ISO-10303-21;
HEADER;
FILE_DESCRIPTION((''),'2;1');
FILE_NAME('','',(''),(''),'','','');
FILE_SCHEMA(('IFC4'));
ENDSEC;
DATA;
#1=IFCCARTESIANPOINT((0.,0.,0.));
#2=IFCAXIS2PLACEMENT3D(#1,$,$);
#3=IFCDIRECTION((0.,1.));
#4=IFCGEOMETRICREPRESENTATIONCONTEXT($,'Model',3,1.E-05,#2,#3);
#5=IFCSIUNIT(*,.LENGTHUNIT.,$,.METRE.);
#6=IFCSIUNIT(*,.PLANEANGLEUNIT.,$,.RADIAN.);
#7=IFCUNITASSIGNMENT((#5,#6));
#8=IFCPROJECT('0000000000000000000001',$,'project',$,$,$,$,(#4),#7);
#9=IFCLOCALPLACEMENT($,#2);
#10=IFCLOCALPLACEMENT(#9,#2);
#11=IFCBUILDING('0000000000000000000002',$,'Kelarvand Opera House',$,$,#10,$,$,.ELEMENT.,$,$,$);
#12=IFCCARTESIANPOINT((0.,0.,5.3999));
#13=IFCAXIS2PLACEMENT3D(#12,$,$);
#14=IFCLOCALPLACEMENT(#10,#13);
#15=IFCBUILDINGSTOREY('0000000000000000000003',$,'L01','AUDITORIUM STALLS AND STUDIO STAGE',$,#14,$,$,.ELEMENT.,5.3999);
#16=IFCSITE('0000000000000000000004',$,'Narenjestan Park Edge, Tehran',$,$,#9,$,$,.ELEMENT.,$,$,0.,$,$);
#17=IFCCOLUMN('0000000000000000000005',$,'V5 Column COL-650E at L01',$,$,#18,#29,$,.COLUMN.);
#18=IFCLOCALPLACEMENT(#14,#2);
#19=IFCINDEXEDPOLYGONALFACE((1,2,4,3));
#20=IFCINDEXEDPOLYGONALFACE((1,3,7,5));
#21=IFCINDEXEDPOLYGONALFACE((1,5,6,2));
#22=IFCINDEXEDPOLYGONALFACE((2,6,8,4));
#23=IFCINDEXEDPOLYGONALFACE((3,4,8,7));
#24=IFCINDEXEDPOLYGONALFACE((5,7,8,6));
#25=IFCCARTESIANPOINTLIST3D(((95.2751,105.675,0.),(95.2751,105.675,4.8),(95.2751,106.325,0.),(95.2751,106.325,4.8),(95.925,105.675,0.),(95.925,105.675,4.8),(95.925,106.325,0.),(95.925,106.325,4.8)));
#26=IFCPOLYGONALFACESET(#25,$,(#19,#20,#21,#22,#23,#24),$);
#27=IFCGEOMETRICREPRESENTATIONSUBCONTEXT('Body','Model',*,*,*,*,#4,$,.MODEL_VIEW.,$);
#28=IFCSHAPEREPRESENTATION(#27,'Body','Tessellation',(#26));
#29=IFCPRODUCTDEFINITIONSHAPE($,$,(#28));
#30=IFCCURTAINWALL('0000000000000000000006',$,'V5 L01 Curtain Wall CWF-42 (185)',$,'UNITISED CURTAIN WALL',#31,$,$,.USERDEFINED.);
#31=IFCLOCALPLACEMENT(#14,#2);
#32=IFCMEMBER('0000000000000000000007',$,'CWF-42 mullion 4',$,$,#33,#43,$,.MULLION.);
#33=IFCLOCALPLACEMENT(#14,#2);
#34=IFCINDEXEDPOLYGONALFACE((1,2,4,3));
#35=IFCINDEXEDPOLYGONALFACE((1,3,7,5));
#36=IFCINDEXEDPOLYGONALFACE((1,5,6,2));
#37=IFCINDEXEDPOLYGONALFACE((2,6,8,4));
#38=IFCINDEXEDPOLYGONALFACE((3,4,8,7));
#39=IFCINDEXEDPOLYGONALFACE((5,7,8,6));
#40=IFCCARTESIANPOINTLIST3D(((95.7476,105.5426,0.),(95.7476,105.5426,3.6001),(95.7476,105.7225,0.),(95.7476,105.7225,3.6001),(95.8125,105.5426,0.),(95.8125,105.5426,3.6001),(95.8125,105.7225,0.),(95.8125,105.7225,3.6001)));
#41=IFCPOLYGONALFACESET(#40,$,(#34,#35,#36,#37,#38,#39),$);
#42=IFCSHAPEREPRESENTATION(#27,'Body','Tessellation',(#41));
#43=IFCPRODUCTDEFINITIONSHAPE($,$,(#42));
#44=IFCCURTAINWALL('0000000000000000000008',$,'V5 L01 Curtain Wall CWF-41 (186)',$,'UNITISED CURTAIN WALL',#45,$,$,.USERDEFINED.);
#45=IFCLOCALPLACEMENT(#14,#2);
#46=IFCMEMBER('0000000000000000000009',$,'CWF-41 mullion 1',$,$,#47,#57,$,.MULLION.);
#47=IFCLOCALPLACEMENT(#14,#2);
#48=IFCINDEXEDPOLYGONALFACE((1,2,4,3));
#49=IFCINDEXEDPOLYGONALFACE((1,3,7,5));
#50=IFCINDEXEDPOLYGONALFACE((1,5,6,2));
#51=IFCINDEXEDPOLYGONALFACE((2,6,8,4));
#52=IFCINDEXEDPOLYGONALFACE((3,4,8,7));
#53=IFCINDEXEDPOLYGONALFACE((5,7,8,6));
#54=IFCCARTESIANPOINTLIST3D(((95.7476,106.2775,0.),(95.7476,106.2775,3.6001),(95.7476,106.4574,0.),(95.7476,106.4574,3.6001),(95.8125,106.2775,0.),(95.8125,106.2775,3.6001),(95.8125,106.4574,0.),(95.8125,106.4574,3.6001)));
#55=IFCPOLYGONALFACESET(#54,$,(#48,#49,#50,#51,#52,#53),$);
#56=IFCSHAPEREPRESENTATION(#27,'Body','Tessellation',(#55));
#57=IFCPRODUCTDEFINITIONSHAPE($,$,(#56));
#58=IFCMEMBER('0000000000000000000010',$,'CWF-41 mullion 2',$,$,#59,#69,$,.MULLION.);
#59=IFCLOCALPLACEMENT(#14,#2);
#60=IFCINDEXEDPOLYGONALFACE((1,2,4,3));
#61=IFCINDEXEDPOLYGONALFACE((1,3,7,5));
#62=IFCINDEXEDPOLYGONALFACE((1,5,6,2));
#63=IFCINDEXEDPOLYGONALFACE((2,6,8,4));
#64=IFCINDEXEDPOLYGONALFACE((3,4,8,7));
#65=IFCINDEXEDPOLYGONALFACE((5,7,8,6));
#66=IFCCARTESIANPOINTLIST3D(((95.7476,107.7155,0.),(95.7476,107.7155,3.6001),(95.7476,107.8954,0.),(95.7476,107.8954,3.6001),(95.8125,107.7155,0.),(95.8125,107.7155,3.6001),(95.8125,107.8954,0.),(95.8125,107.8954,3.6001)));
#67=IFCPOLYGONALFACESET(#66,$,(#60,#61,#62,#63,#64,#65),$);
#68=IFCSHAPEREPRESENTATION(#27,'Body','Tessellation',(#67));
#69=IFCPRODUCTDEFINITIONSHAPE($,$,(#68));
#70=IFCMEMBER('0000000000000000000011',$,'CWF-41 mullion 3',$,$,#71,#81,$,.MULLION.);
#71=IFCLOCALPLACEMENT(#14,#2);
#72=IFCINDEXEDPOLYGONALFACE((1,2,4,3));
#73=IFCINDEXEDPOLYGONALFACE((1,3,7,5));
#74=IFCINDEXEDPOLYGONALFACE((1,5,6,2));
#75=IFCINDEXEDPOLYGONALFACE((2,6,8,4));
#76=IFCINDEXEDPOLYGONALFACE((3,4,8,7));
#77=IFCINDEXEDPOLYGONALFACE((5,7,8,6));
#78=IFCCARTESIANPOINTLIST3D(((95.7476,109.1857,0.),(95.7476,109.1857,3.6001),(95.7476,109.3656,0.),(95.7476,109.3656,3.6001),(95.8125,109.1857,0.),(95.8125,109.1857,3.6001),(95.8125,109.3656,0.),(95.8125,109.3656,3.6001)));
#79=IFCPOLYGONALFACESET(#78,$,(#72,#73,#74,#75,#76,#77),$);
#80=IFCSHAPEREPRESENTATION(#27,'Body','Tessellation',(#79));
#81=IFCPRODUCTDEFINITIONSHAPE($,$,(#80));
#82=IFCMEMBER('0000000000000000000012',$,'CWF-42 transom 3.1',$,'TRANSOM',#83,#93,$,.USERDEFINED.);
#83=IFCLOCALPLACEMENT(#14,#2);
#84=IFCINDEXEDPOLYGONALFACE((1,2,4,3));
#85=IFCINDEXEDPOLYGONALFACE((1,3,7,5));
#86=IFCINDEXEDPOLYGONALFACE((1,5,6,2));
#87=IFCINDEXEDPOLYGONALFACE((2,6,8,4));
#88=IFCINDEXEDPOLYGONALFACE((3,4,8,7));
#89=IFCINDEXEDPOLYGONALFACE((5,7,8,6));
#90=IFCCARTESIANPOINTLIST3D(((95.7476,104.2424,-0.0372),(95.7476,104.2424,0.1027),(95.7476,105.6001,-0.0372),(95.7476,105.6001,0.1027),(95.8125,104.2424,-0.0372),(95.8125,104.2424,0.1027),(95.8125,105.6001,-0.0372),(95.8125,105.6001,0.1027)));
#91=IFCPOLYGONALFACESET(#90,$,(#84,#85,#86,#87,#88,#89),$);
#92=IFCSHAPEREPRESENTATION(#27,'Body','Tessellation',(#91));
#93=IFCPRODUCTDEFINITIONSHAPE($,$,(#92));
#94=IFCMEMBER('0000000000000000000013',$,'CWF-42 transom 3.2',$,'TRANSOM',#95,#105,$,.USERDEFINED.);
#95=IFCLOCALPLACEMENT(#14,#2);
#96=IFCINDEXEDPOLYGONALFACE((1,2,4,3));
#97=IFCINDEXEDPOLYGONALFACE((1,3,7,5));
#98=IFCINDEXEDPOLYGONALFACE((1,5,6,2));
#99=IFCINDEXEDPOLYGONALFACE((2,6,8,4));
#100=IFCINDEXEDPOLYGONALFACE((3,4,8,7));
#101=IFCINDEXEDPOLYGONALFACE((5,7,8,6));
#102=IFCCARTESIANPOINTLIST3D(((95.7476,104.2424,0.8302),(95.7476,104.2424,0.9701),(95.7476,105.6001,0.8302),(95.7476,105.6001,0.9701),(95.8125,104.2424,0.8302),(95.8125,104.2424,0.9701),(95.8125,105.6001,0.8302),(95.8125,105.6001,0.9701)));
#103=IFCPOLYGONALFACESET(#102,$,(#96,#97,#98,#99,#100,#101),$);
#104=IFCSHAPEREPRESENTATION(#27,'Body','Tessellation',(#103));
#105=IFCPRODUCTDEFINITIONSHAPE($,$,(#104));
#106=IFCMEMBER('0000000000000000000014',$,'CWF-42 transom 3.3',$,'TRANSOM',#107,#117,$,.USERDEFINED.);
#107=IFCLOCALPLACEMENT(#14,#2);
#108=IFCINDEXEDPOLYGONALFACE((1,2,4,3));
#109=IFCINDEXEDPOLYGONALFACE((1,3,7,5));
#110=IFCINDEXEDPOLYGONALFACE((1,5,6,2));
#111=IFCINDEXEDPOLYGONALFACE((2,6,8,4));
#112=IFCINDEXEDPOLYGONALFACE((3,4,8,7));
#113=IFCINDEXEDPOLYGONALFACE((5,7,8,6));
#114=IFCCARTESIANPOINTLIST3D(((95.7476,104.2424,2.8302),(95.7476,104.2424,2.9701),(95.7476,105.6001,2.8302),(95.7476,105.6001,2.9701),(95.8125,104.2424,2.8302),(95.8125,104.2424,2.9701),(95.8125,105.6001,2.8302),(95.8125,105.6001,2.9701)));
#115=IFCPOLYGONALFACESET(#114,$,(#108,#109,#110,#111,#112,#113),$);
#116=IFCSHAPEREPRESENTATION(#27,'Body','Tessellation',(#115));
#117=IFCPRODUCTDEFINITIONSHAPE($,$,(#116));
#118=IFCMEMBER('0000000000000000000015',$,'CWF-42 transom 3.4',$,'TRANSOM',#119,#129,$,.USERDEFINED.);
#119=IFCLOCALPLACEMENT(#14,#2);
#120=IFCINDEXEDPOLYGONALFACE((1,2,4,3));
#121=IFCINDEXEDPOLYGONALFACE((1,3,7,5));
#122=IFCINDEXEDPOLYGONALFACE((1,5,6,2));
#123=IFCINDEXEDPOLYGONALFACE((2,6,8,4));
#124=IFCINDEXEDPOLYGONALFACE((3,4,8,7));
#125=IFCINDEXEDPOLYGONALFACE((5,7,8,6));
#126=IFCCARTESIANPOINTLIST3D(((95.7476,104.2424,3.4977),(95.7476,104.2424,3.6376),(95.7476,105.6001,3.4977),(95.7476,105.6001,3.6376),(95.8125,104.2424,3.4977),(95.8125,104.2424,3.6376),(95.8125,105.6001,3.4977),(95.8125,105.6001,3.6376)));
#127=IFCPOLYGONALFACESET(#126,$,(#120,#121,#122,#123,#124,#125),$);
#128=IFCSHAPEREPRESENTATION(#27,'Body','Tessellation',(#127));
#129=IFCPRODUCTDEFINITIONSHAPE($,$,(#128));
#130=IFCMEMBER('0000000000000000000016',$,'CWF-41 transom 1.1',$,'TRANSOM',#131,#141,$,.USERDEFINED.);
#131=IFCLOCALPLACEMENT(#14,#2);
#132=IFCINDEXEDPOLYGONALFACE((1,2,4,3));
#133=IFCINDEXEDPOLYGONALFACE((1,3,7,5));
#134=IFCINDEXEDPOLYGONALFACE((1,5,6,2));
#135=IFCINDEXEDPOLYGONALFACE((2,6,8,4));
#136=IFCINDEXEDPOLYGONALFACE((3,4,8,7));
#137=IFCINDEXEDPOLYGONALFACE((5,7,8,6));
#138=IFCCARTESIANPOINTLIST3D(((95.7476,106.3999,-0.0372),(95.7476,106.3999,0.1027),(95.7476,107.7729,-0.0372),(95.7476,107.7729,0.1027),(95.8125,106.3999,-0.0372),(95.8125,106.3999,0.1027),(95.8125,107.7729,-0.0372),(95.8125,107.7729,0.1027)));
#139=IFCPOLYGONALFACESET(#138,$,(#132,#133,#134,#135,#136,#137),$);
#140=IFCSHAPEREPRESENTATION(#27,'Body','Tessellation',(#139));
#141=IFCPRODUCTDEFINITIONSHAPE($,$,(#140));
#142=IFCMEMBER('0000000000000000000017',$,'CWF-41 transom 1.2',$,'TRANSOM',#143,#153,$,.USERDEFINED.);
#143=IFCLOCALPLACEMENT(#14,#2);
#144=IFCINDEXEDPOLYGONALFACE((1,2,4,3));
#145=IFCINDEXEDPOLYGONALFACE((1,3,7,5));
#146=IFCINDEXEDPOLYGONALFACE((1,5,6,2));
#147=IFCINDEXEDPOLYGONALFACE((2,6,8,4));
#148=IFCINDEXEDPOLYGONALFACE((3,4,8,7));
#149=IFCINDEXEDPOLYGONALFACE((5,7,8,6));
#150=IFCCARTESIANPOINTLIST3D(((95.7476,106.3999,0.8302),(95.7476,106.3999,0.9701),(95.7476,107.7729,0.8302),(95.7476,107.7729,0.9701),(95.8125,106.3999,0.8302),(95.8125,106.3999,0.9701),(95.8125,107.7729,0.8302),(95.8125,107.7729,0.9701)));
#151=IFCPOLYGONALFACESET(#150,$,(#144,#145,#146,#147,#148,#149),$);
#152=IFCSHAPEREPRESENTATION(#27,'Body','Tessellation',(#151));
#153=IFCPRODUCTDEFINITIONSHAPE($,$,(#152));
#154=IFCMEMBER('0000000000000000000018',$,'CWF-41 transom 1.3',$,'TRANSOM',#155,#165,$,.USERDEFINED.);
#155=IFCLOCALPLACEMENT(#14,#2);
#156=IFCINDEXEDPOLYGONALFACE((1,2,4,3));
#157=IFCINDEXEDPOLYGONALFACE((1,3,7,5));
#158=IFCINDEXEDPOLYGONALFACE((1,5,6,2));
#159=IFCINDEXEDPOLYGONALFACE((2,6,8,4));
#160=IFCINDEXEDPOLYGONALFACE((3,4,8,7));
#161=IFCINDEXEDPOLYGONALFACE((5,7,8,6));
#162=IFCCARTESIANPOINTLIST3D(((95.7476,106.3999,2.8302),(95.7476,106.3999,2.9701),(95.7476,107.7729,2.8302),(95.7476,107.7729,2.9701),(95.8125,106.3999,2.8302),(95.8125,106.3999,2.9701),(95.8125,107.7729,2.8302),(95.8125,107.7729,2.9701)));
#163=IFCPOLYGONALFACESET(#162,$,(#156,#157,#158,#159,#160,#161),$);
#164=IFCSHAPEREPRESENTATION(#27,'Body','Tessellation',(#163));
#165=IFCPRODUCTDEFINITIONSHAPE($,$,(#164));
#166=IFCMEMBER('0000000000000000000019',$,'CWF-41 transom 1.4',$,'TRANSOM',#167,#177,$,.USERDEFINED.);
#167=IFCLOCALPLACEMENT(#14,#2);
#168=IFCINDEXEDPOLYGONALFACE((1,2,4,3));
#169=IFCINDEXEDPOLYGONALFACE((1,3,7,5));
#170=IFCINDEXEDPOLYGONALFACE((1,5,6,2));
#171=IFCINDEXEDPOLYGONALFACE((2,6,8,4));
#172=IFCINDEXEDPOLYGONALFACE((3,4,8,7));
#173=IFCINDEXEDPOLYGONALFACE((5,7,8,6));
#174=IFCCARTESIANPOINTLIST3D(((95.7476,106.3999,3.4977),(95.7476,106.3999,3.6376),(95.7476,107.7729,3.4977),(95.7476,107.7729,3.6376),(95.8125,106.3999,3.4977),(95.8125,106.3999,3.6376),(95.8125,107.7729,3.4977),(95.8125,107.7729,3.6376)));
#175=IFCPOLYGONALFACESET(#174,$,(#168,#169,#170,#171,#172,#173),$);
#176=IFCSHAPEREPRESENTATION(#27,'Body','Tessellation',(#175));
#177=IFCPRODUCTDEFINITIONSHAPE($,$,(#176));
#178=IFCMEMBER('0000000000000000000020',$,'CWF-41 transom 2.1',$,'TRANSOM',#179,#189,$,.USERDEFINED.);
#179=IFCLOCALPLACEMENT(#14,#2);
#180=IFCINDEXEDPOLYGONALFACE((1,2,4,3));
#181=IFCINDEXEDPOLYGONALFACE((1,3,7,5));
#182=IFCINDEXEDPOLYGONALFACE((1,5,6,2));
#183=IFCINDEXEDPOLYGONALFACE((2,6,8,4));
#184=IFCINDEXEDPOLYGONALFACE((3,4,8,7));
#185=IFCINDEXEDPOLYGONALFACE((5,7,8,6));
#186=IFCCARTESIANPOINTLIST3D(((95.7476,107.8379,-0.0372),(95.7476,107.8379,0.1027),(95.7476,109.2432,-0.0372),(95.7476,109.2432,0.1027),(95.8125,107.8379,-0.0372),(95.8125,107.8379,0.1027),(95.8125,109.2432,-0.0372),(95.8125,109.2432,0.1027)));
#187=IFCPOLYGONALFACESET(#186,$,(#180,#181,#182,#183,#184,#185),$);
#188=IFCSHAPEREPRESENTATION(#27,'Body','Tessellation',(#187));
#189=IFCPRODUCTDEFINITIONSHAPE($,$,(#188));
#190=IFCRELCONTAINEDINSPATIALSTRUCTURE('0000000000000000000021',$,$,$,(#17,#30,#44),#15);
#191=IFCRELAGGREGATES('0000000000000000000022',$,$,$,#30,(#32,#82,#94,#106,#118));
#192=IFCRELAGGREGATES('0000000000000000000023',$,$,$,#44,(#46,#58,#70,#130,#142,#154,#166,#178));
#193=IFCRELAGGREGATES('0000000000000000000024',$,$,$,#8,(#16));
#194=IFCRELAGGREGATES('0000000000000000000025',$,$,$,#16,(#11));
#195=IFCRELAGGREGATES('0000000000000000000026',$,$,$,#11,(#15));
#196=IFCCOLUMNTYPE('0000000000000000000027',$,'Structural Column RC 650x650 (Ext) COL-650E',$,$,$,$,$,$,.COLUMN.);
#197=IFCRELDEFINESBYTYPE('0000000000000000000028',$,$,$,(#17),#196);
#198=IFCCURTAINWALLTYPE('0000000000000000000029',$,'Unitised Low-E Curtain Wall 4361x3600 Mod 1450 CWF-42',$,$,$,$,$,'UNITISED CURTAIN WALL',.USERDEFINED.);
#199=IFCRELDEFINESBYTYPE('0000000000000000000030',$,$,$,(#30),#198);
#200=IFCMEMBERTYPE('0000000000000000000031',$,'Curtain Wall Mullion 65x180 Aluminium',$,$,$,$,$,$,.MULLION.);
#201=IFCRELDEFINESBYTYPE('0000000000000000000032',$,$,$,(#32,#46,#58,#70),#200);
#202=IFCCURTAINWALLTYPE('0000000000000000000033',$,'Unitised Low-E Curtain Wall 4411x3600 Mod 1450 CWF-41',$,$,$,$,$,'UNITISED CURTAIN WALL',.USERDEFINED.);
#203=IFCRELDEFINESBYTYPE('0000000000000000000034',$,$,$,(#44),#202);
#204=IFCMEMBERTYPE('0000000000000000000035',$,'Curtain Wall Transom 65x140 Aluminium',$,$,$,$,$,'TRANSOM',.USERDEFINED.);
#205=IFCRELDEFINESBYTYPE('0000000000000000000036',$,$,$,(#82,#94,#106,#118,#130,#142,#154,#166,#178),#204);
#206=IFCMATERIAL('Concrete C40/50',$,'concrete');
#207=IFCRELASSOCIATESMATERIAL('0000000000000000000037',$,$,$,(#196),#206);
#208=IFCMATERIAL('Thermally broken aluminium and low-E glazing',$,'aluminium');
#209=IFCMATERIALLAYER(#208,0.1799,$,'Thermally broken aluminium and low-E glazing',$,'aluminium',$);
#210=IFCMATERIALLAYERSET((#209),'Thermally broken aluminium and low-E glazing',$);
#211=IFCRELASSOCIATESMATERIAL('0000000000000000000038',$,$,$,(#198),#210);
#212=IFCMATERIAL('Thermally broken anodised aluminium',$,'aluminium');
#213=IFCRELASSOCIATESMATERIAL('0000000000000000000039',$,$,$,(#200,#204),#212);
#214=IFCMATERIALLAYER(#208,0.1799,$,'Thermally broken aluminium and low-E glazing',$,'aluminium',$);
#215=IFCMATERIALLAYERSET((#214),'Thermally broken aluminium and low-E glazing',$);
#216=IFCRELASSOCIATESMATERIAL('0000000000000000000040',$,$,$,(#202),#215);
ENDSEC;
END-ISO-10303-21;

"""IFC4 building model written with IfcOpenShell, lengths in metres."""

from ifc_helpers import new_model, si_unit, direction, frame, origin, origin_2d, place, context, subcontext, project, spatial, rectangle, extrude, material, layer, layer_set, material_profile, profile_set, type_object, element, aggregate, save


model = new_model("IFC4")

# Units and contexts
model_context = context("Model", 3, precision=1e-05, world=origin(), true_north=direction((0.0, 1.0)))
body_context = subcontext(model_context, "Body", "Model", "MODEL_VIEW")
ifc_project = project(units=[si_unit("LENGTHUNIT", "METRE"), si_unit("PLANEANGLEUNIT", "RADIAN")], contexts=[model_context])

# Site, building, storey
site_placement = place(None, origin())
site = spatial("IfcSite", under=ifc_project, at=site_placement, Name="Narenjestan Park Edge, Tehran", CompositionType="ELEMENT", RefElevation=0.0)
building_placement = place(site_placement, origin())
building = spatial("IfcBuilding", under=site, at=building_placement, Name="Kelarvand Opera House", CompositionType="ELEMENT")
storey_placement = place(building_placement, frame((0.0, 0.0, 5.3999)))
storey = spatial("IfcBuildingStorey", under=building, at=storey_placement, Name="L01", Description="AUDITORIUM STALLS AND STUDIO STAGE", CompositionType="ELEMENT", Elevation=5.3999)

# Column
ifc_material_1 = material(Name="Concrete C40/50", Category="concrete")
ifc_material_profile_1 = material_profile(ifc_material_1, rectangle(XDim=0.6499, YDim=0.6499, at=origin_2d()), Name="RC 650x650", Category="concrete")
ifc_profile_set_1 = profile_set([ifc_material_profile_1], Name="Concrete C40/50")
column_type = type_object("IfcColumnType", Name="Structural Column RC 650x650 (Ext) COL-650E", PredefinedType="COLUMN", material=ifc_profile_set_1)
column_placement = place(storey_placement, frame((95.6001, 106.0, 0.0), z_axis=(0.0, 0.0, 1.0), x_axis=(1.0, 0.0, 0.0)))
element("IfcColumn", 1, at=column_placement, inside=storey, type_object=column_type, Name="V5 Column COL-650E at L01", PredefinedType="COLUMN", context=body_context, shape_type="SweptSolid", body=[
    extrude(rectangle(XDim=0.6499, YDim=0.6499, at=origin_2d()), origin(), (0.0, 0.0, 1.0), 4.8),
])

# Curtain wall, member
ifc_material_2 = material(Name="Thermally broken aluminium and low-E glazing", Category="aluminium")
ifc_layer_1 = layer(ifc_material_2, 0.1799, Name="Thermally broken aluminium and low-E glazing", Category="aluminium")
ifc_layer_set_1 = layer_set([ifc_layer_1], Name="Thermally broken aluminium and low-E glazing")
curtain_wall_type_1 = type_object("IfcCurtainWallType", Name="Unitised Low-E Curtain Wall 4361x3600 Mod 1450 CWF-42", ElementType="UNITISED CURTAIN WALL", PredefinedType="USERDEFINED", material=ifc_layer_set_1)
curtain_wall_1_placement = place(storey_placement, origin())
curtain_wall_1 = element("IfcCurtainWall", 2, at=curtain_wall_1_placement, inside=storey, type_object=curtain_wall_type_1, Name="V5 L01 Curtain Wall CWF-42 (185)", ObjectType="UNITISED CURTAIN WALL", PredefinedType="USERDEFINED")
ifc_material_3 = material(Name="Thermally broken anodised aluminium", Category="aluminium")
ifc_material_profile_2 = material_profile(ifc_material_3, rectangle(XDim=0.0649, YDim=0.1799, at=origin_2d()), Name="ALU MULLION 65x180", Category="aluminium")
ifc_profile_set_2 = profile_set([ifc_material_profile_2], Name="Thermally broken anodised aluminium")
member_type_1 = type_object("IfcMemberType", Name="Curtain Wall Mullion 65x180 Aluminium", PredefinedType="MULLION", material=ifc_profile_set_2)
member_1_placement = place(storey_placement, frame((95.78, 105.6326, 0.0), z_axis=(0.0, 0.0, 1.0), x_axis=(-1.0, 0.0, 0.0)))
member_1 = element("IfcMember", 3, at=member_1_placement, type_object=member_type_1, Name="CWF-42 mullion 4", PredefinedType="MULLION", context=body_context, shape_type="SweptSolid", body=[
    extrude(rectangle(XDim=0.0649, YDim=0.1799, at=origin_2d()), origin(), (0.0, 0.0, 1.0), 3.6001),
])

# Curtain wall, members
ifc_layer_2 = layer(ifc_material_2, 0.1799, Name="Thermally broken aluminium and low-E glazing", Category="aluminium")
ifc_layer_set_2 = layer_set([ifc_layer_2], Name="Thermally broken aluminium and low-E glazing")
curtain_wall_type_2 = type_object("IfcCurtainWallType", Name="Unitised Low-E Curtain Wall 4411x3600 Mod 1450 CWF-41", ElementType="UNITISED CURTAIN WALL", PredefinedType="USERDEFINED", material=ifc_layer_set_2)
curtain_wall_2_placement = place(storey_placement, origin())
curtain_wall_2 = element("IfcCurtainWall", 4, at=curtain_wall_2_placement, inside=storey, type_object=curtain_wall_type_2, Name="V5 L01 Curtain Wall CWF-41 (186)", ObjectType="UNITISED CURTAIN WALL", PredefinedType="USERDEFINED")
member_2_placement = place(storey_placement, frame((95.78, 106.3674, 0.0), z_axis=(0.0, 0.0, 1.0), x_axis=(-1.0, 0.0, 0.0)))
member_2 = element("IfcMember", 5, at=member_2_placement, type_object=member_type_1, Name="CWF-41 mullion 1", PredefinedType="MULLION", context=body_context, shape_type="SweptSolid", body=[
    extrude(rectangle(XDim=0.0649, YDim=0.1799, at=origin_2d()), origin(), (0.0, 0.0, 1.0), 3.6001),
])
member_3_placement = place(storey_placement, frame((95.78, 107.8054, 0.0), z_axis=(0.0, 0.0, 1.0), x_axis=(-1.0, 0.0, 0.0)))
member_3 = element("IfcMember", 6, at=member_3_placement, type_object=member_type_1, Name="CWF-41 mullion 2", PredefinedType="MULLION", context=body_context, shape_type="SweptSolid", body=[
    extrude(rectangle(XDim=0.0649, YDim=0.1799, at=origin_2d()), origin(), (0.0, 0.0, 1.0), 3.6001),
])
member_4_placement = place(storey_placement, frame((95.78, 109.2756, 0.0), z_axis=(0.0, 0.0, 1.0), x_axis=(-1.0, 0.0, 0.0)))
member_4 = element("IfcMember", 7, at=member_4_placement, type_object=member_type_1, Name="CWF-41 mullion 3", PredefinedType="MULLION", context=body_context, shape_type="SweptSolid", body=[
    extrude(rectangle(XDim=0.0649, YDim=0.1799, at=origin_2d()), origin(), (0.0, 0.0, 1.0), 3.6001),
])

# Members
ifc_material_profile_3 = material_profile(ifc_material_3, rectangle(XDim=0.0649, YDim=0.1399, at=origin_2d()), Name="ALU TRANSOM 65x140", Category="aluminium")
ifc_profile_set_3 = profile_set([ifc_material_profile_3], Name="Thermally broken anodised aluminium")
member_type_2 = type_object("IfcMemberType", Name="Curtain Wall Transom 65x140 Aluminium", ElementType="TRANSOM", PredefinedType="USERDEFINED", material=ifc_profile_set_3)
member_5_placement = place(storey_placement, frame((95.78, 104.2424, 0.0327), z_axis=(0.0, 1.0, 0.0), x_axis=(-1.0, 0.0, 0.0)))
member_5 = element("IfcMember", 8, at=member_5_placement, type_object=member_type_2, Name="CWF-42 transom 3.1", ObjectType="TRANSOM", PredefinedType="USERDEFINED", context=body_context, shape_type="SweptSolid", body=[
    extrude(rectangle(XDim=0.0649, YDim=0.1399, at=origin_2d()), origin(), (0.0, 0.0, 1.0), 1.3577),
])
member_6_placement = place(storey_placement, frame((95.78, 104.2424, 0.9001), z_axis=(0.0, 1.0, 0.0), x_axis=(-1.0, 0.0, 0.0)))
member_6 = element("IfcMember", 9, at=member_6_placement, type_object=member_type_2, Name="CWF-42 transom 3.2", ObjectType="TRANSOM", PredefinedType="USERDEFINED", context=body_context, shape_type="SweptSolid", body=[
    extrude(rectangle(XDim=0.0649, YDim=0.1399, at=origin_2d()), origin(), (0.0, 0.0, 1.0), 1.3577),
])
member_7_placement = place(storey_placement, frame((95.78, 104.2424, 2.9001), z_axis=(0.0, 1.0, 0.0), x_axis=(-1.0, 0.0, 0.0)))
member_7 = element("IfcMember", 10, at=member_7_placement, type_object=member_type_2, Name="CWF-42 transom 3.3", ObjectType="TRANSOM", PredefinedType="USERDEFINED", context=body_context, shape_type="SweptSolid", body=[
    extrude(rectangle(XDim=0.0649, YDim=0.1399, at=origin_2d()), origin(), (0.0, 0.0, 1.0), 1.3577),
])
member_8_placement = place(storey_placement, frame((95.78, 104.2424, 3.5676), z_axis=(0.0, 1.0, 0.0), x_axis=(-1.0, 0.0, 0.0)))
member_8 = element("IfcMember", 11, at=member_8_placement, type_object=member_type_2, Name="CWF-42 transom 3.4", ObjectType="TRANSOM", PredefinedType="USERDEFINED", context=body_context, shape_type="SweptSolid", body=[
    extrude(rectangle(XDim=0.0649, YDim=0.1399, at=origin_2d()), origin(), (0.0, 0.0, 1.0), 1.3577),
])
member_9_placement = place(storey_placement, frame((95.78, 106.3999, 0.0327), z_axis=(0.0, 1.0, 0.0), x_axis=(-1.0, 0.0, 0.0)))
member_9 = element("IfcMember", 12, at=member_9_placement, type_object=member_type_2, Name="CWF-41 transom 1.1", ObjectType="TRANSOM", PredefinedType="USERDEFINED", context=body_context, shape_type="SweptSolid", body=[
    extrude(rectangle(XDim=0.0649, YDim=0.1399, at=origin_2d()), origin(), (0.0, 0.0, 1.0), 1.373),
])
member_10_placement = place(storey_placement, frame((95.78, 106.3999, 0.9001), z_axis=(0.0, 1.0, 0.0), x_axis=(-1.0, 0.0, 0.0)))
member_10 = element("IfcMember", 13, at=member_10_placement, type_object=member_type_2, Name="CWF-41 transom 1.2", ObjectType="TRANSOM", PredefinedType="USERDEFINED", context=body_context, shape_type="SweptSolid", body=[
    extrude(rectangle(XDim=0.0649, YDim=0.1399, at=origin_2d()), origin(), (0.0, 0.0, 1.0), 1.373),
])
member_11_placement = place(storey_placement, frame((95.78, 106.3999, 2.9001), z_axis=(0.0, 1.0, 0.0), x_axis=(-1.0, 0.0, 0.0)))
member_11 = element("IfcMember", 14, at=member_11_placement, type_object=member_type_2, Name="CWF-41 transom 1.3", ObjectType="TRANSOM", PredefinedType="USERDEFINED", context=body_context, shape_type="SweptSolid", body=[
    extrude(rectangle(XDim=0.0649, YDim=0.1399, at=origin_2d()), origin(), (0.0, 0.0, 1.0), 1.373),
])
member_12_placement = place(storey_placement, frame((95.78, 106.3999, 3.5676), z_axis=(0.0, 1.0, 0.0), x_axis=(-1.0, 0.0, 0.0)))
member_12 = element("IfcMember", 15, at=member_12_placement, type_object=member_type_2, Name="CWF-41 transom 1.4", ObjectType="TRANSOM", PredefinedType="USERDEFINED", context=body_context, shape_type="SweptSolid", body=[
    extrude(rectangle(XDim=0.0649, YDim=0.1399, at=origin_2d()), origin(), (0.0, 0.0, 1.0), 1.373),
])
member_13_placement = place(storey_placement, frame((95.78, 107.8379, 0.0327), z_axis=(0.0, 1.0, 0.0), x_axis=(-1.0, 0.0, 0.0)))
member_13 = element("IfcMember", 16, at=member_13_placement, type_object=member_type_2, Name="CWF-41 transom 2.1", ObjectType="TRANSOM", PredefinedType="USERDEFINED", context=body_context, shape_type="SweptSolid", body=[
    extrude(rectangle(XDim=0.0649, YDim=0.1399, at=origin_2d()), origin(), (0.0, 0.0, 1.0), 1.4053),
])

aggregate(curtain_wall_1, [member_1, member_5, member_6, member_7, member_8])
aggregate(curtain_wall_2, [member_2, member_3, member_4, member_9, member_10, member_11, member_12, member_13])

save(model, "model.ifc")
